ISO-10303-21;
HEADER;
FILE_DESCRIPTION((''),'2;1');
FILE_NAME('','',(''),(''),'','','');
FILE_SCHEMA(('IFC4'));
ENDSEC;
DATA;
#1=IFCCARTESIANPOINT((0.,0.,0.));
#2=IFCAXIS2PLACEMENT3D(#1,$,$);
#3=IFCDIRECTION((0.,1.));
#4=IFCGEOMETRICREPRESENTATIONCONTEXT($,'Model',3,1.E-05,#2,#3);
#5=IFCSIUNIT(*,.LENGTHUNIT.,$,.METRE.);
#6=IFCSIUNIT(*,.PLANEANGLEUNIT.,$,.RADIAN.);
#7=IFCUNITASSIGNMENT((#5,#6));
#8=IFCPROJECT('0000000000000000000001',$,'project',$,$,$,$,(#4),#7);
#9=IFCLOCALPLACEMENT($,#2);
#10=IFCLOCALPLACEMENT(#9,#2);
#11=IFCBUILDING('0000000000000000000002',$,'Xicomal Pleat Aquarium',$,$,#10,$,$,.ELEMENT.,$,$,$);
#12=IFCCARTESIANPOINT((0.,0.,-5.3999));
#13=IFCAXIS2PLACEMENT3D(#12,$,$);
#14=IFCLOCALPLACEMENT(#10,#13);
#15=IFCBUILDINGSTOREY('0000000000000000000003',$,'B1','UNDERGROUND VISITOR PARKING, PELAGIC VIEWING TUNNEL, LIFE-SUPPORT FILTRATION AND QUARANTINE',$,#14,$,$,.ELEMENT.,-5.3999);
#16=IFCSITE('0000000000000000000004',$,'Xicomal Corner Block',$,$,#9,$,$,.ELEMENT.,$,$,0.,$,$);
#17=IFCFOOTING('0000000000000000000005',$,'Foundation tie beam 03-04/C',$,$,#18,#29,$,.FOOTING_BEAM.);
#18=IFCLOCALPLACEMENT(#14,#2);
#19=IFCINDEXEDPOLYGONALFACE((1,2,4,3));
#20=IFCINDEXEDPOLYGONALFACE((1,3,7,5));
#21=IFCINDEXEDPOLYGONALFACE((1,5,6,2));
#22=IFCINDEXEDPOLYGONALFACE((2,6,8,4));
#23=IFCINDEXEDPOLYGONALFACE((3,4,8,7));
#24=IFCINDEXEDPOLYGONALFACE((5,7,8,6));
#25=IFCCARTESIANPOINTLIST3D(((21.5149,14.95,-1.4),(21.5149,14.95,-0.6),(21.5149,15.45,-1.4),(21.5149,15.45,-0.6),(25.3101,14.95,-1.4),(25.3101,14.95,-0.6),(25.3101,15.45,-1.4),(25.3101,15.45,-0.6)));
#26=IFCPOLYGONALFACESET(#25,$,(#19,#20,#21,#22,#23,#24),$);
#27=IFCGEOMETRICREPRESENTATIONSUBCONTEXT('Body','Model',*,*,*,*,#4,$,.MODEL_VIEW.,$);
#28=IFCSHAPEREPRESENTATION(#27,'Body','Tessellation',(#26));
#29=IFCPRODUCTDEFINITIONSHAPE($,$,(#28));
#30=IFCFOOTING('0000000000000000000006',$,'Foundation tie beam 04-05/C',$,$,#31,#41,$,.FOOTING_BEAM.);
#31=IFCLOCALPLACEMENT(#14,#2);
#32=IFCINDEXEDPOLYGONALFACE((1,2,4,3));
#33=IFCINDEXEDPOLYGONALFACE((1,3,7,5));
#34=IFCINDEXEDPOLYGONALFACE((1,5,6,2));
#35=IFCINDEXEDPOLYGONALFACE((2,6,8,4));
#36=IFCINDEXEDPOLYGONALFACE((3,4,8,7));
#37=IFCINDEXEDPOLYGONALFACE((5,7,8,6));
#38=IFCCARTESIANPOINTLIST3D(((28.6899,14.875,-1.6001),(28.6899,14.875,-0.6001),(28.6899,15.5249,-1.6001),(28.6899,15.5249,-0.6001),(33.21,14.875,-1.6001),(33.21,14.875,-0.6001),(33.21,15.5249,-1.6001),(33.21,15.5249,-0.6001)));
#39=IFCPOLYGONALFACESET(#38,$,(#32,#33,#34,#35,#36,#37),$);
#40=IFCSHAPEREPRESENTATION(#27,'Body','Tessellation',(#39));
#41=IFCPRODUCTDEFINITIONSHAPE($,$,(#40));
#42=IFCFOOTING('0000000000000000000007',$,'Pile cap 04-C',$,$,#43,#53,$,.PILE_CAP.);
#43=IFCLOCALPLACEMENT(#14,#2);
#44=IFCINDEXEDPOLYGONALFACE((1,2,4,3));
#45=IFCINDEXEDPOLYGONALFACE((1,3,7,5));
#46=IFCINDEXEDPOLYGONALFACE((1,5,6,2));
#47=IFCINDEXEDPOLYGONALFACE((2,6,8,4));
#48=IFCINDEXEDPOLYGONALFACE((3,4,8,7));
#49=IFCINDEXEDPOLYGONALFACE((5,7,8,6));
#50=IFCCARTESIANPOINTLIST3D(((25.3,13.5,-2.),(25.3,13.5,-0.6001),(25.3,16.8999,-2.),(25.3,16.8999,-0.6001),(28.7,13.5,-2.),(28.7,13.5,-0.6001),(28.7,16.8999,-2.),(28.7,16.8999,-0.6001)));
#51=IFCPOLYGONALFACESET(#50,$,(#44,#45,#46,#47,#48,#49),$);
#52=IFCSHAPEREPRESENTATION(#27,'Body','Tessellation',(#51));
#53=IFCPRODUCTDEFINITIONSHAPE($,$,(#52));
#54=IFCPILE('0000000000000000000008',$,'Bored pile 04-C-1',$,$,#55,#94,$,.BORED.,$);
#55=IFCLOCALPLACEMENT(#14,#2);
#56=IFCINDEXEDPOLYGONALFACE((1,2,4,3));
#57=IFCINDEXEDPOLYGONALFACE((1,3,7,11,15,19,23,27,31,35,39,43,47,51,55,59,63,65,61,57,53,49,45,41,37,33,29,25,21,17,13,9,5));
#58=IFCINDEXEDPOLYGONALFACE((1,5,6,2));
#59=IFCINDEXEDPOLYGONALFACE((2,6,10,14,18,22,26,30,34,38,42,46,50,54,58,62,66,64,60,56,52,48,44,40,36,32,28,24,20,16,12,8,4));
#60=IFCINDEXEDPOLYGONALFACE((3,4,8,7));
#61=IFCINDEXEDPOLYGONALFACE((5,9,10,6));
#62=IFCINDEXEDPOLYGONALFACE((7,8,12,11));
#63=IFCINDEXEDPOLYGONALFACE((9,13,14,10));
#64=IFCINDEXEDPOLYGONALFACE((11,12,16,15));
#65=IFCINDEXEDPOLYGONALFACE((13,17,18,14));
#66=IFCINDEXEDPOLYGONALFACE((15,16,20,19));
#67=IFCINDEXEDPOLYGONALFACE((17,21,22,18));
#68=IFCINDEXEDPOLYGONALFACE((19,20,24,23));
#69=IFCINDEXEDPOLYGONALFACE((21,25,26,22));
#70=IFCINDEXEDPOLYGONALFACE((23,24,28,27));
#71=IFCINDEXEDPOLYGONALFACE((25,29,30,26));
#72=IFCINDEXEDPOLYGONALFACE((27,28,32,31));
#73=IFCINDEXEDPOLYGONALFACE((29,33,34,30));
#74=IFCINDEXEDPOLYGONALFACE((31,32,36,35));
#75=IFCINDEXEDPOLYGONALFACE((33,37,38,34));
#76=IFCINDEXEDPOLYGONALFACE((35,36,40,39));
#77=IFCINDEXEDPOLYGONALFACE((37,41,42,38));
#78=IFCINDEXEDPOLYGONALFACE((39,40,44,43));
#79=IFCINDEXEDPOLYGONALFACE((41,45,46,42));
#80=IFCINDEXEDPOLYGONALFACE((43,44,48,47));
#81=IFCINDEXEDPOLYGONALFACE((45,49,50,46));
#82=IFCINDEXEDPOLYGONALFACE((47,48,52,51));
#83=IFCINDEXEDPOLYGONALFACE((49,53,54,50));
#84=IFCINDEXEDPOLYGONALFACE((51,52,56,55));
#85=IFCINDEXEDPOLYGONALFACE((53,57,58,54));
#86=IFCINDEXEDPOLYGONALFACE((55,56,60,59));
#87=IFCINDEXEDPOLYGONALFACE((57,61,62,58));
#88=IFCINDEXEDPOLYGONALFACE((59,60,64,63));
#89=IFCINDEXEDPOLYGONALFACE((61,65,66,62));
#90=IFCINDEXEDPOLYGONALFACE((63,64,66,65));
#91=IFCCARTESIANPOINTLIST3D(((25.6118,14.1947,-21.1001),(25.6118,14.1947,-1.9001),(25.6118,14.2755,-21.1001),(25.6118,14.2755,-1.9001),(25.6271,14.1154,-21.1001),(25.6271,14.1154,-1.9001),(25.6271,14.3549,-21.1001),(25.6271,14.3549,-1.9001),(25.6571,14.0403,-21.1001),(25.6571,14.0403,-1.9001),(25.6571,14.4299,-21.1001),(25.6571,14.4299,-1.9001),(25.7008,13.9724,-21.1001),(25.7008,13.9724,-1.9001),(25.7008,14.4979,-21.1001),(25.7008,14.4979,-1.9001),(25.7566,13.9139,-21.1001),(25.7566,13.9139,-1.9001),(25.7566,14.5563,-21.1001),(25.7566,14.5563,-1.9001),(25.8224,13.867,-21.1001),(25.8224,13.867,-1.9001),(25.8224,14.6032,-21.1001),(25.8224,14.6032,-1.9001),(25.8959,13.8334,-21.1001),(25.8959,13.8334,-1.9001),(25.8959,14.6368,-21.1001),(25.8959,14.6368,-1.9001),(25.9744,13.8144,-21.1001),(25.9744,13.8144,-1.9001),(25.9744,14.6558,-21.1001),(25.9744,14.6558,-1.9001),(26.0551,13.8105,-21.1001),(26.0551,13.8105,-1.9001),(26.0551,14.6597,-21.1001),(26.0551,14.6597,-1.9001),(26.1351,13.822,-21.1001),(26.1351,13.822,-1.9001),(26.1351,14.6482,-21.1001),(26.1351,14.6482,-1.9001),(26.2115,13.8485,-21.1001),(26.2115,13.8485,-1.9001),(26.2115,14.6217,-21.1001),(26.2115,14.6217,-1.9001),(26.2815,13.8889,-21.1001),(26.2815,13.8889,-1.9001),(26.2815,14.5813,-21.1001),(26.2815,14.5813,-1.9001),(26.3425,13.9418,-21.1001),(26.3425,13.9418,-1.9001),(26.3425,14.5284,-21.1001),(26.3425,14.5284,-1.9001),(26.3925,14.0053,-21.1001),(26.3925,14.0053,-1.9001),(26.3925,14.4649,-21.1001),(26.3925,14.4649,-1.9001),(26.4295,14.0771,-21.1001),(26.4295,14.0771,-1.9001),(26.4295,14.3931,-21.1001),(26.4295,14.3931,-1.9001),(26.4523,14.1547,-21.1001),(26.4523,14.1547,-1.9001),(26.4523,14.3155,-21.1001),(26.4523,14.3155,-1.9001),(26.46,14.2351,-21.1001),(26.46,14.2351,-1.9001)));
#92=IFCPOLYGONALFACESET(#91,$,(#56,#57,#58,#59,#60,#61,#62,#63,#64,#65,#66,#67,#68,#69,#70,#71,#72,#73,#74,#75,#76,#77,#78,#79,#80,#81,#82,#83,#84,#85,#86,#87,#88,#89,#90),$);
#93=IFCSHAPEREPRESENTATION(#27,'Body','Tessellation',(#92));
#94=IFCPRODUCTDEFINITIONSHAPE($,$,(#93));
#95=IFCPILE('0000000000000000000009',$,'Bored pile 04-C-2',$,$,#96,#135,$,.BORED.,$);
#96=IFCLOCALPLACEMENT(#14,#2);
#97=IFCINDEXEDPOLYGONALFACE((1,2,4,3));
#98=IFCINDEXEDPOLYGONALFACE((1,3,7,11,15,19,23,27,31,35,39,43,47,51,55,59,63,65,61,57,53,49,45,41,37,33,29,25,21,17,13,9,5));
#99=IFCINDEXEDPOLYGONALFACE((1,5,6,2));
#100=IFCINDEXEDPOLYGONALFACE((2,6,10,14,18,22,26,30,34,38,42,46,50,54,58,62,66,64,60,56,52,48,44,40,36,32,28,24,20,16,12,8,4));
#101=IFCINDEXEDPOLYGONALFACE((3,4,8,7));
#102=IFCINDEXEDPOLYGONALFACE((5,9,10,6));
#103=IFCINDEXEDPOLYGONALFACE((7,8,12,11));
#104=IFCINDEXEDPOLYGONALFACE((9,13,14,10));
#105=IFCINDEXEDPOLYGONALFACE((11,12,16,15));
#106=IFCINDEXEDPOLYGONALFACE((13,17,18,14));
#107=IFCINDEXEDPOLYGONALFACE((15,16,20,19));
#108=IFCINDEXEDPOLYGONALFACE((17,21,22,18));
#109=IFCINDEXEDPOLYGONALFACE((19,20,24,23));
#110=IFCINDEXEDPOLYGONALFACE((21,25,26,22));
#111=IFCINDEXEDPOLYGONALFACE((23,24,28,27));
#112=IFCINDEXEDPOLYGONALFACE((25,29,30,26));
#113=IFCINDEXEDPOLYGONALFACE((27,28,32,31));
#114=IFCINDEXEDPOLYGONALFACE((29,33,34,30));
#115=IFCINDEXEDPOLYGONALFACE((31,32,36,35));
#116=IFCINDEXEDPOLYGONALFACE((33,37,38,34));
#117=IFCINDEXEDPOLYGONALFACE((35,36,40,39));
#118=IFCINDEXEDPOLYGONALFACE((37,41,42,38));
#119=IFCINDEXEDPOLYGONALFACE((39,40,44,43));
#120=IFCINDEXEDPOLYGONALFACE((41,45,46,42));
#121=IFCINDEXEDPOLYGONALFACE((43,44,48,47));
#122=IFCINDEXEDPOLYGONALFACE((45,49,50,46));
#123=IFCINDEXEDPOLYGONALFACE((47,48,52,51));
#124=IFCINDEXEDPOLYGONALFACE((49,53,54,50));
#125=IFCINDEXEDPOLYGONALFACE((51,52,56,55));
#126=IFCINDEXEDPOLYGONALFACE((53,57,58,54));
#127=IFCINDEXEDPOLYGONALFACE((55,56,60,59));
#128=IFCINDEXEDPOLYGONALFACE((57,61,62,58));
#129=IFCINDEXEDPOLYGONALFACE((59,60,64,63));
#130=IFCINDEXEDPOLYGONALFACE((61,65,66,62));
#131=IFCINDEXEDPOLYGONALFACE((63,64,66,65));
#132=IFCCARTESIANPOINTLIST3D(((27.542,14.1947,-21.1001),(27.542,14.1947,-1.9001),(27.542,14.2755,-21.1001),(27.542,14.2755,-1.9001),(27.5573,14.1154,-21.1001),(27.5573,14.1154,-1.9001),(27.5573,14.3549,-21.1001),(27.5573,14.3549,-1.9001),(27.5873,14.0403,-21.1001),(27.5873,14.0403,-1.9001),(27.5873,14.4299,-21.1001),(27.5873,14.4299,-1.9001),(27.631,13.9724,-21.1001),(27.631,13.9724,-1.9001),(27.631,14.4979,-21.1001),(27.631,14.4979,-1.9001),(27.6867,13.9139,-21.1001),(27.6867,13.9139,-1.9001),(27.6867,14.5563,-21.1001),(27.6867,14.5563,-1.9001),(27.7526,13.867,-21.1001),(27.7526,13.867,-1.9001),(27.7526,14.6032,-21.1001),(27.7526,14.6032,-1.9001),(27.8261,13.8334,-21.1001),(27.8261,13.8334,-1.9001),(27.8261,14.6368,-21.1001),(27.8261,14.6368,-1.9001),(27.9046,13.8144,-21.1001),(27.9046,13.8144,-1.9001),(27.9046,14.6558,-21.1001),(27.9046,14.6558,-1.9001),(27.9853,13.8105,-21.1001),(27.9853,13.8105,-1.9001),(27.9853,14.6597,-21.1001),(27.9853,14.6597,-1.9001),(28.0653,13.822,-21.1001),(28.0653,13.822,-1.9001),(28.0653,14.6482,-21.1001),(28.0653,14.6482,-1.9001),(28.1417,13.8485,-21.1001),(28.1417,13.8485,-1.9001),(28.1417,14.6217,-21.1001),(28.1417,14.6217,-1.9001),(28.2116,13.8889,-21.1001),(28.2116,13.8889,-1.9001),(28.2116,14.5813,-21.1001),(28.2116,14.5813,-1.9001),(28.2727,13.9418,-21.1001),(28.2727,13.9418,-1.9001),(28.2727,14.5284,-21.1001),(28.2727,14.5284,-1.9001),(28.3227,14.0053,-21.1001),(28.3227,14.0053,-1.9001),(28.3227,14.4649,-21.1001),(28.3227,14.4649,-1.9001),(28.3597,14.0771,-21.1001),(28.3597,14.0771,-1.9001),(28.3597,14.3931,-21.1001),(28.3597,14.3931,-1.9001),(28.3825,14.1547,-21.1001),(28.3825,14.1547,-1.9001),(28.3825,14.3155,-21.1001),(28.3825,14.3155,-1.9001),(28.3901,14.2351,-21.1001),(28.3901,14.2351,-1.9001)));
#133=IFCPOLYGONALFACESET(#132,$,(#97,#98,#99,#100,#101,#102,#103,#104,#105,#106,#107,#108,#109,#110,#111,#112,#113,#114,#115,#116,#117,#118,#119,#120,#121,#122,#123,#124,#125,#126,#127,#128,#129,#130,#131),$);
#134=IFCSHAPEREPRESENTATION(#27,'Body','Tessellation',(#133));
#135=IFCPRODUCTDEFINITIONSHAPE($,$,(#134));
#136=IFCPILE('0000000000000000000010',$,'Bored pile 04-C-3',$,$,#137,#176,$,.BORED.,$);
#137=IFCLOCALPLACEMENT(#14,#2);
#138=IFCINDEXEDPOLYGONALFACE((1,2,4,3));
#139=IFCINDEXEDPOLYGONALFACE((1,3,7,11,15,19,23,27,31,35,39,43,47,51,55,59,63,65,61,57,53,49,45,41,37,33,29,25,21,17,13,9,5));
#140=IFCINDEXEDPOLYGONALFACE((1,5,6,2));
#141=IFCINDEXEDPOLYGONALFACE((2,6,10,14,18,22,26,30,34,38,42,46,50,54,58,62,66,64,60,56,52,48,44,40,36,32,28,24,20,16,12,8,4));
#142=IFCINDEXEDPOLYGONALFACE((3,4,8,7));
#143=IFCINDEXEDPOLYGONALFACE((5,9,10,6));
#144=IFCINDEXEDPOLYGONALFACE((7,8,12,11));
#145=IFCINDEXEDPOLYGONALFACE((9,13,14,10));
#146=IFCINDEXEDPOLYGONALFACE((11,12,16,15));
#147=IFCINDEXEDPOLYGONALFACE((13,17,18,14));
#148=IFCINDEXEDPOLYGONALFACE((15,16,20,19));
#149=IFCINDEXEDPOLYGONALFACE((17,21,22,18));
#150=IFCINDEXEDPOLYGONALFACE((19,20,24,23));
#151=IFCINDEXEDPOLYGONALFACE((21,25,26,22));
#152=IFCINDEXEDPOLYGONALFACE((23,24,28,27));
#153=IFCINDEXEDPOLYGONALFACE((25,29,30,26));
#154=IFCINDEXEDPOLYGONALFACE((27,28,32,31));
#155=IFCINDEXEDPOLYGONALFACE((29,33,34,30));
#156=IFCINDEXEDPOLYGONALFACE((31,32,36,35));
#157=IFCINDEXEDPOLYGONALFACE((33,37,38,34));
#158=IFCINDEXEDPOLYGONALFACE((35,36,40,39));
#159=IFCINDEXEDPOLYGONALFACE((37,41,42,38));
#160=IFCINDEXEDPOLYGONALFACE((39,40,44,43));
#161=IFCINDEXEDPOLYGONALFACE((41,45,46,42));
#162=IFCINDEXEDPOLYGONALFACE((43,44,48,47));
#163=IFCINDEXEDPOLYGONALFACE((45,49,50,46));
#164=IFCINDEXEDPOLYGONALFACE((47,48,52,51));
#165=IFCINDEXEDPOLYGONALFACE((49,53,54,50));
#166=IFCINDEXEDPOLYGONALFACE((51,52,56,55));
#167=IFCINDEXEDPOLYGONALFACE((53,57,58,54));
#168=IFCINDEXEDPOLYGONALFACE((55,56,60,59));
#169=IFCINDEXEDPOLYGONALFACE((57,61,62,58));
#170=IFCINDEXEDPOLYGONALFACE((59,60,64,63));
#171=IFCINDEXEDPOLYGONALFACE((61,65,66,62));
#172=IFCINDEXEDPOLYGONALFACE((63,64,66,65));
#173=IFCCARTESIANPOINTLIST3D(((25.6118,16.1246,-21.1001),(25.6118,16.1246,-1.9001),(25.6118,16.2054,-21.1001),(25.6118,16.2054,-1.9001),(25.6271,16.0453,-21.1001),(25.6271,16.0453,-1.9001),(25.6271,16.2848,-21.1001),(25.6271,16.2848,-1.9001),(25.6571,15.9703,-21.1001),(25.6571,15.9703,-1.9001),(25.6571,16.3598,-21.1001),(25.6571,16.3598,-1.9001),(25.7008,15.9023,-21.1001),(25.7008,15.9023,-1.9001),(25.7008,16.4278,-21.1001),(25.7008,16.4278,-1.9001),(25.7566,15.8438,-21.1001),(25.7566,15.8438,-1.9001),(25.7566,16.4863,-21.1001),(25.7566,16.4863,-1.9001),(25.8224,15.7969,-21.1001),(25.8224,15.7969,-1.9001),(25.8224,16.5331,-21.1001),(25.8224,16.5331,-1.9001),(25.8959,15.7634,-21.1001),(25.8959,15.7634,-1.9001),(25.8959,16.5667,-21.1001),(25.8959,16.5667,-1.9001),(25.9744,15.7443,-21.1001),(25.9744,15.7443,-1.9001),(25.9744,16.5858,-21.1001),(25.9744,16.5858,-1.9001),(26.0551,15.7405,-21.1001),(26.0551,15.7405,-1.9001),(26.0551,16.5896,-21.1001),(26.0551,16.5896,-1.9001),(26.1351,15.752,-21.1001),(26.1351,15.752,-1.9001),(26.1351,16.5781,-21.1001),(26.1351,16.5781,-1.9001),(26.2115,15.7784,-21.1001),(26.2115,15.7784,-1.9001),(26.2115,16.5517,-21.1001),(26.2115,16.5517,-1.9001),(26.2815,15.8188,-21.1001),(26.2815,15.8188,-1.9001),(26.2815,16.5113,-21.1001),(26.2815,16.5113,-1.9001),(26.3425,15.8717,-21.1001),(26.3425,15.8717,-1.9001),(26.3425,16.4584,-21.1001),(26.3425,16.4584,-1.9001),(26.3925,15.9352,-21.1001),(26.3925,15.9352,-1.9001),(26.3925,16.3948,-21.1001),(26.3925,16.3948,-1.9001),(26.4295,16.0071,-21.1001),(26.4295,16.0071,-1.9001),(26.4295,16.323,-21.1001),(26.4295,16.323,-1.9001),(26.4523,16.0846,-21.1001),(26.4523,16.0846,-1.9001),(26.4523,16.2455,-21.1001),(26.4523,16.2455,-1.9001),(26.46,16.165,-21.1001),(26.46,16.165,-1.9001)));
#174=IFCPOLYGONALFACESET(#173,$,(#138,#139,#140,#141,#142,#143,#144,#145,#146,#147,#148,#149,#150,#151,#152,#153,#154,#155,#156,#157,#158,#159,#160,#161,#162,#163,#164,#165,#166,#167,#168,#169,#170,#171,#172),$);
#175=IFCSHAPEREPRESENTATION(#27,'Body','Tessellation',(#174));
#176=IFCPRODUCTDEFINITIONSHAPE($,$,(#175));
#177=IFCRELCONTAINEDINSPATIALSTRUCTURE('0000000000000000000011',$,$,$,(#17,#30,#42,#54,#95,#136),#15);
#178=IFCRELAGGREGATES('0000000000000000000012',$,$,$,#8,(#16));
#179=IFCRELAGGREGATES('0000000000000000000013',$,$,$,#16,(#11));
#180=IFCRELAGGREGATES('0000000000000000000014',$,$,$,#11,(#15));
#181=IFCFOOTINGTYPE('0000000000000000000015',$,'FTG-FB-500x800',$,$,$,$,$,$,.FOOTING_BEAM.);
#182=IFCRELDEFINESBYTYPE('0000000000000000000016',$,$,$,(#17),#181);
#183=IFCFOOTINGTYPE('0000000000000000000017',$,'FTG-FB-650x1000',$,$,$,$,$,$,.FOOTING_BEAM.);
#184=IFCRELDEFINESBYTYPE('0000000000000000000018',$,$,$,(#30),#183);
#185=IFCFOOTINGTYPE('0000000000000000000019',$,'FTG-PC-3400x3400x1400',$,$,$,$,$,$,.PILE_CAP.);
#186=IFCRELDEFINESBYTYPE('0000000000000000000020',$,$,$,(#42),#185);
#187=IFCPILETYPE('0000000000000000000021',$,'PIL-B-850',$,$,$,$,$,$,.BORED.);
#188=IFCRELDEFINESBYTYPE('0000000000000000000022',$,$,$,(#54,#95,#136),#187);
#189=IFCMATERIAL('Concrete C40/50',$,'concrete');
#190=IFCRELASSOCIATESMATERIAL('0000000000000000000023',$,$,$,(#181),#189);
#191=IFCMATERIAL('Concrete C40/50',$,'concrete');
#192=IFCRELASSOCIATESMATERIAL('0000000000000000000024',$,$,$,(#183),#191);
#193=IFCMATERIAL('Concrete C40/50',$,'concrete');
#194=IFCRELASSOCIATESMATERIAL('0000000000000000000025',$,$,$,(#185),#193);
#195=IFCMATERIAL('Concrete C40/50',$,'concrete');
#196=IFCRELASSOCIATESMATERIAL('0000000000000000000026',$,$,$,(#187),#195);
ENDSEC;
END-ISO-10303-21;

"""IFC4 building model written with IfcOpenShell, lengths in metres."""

from ifc_helpers import new_model, si_unit, direction, frame, origin, origin_2d, place, context, subcontext, project, spatial, rectangle, circle, extrude, material, material_profile, profile_set, type_object, element, save


model = new_model("IFC4")

# Units and contexts
model_context = context("Model", 3, precision=1e-05, world=origin(), true_north=direction((0.0, 1.0)))
body_context = subcontext(model_context, "Body", "Model", "MODEL_VIEW")
ifc_project = project(units=[si_unit("LENGTHUNIT", "METRE"), si_unit("PLANEANGLEUNIT", "RADIAN")], contexts=[model_context])

# Site, building, storey
site_placement = place(None, origin())
site = spatial("IfcSite", under=ifc_project, at=site_placement, Name="Xicomal Corner Block", CompositionType="ELEMENT", RefElevation=0.0)
building_placement = place(site_placement, origin())
building = spatial("IfcBuilding", under=site, at=building_placement, Name="Xicomal Pleat Aquarium", CompositionType="ELEMENT")
storey_placement = place(building_placement, frame((0.0, 0.0, -5.3999)))
storey = spatial("IfcBuildingStorey", under=building, at=storey_placement, Name="B1", Description="UNDERGROUND VISITOR PARKING, PELAGIC VIEWING TUNNEL, LIFE-SUPPORT FILTRATION AND QUARANTINE", CompositionType="ELEMENT", Elevation=-5.3999)

# Footings
ifc_material_1 = material(Name="Concrete C40/50", Category="concrete")
ifc_material_profile_1 = material_profile(ifc_material_1, rectangle(XDim=0.5, YDim=0.8, at=origin_2d()), Name="FB-01 500x800")
ifc_profile_set_1 = profile_set([ifc_material_profile_1], Name="Concrete C40/50")
footing_type_1 = type_object("IfcFootingType", Name="FTG-FB-500x800", PredefinedType="FOOTING_BEAM", material=ifc_profile_set_1)
footing_1_placement = place(storey_placement, frame((21.5149, 15.2, -1.0), z_axis=(1.0, 0.0, 0.0), x_axis=(0.0, 1.0, 0.0)))
element("IfcFooting", 1, at=footing_1_placement, inside=storey, type_object=footing_type_1, Name="Foundation tie beam 03-04/C", PredefinedType="FOOTING_BEAM", context=body_context, shape_type="SweptSolid", body=[
    extrude(rectangle(XDim=0.5, YDim=0.8, at=origin_2d()), origin(), (0.0, 0.0, 1.0), 3.7952),
])
ifc_material_2 = material(Name="Concrete C40/50", Category="concrete")
ifc_material_profile_2 = material_profile(ifc_material_2, rectangle(XDim=0.6499, YDim=1.0, at=origin_2d()), Name="FB-03 650x1000")
ifc_profile_set_2 = profile_set([ifc_material_profile_2], Name="Concrete C40/50")
footing_type_2 = type_object("IfcFootingType", Name="FTG-FB-650x1000", PredefinedType="FOOTING_BEAM", material=ifc_profile_set_2)
footing_2_placement = place(storey_placement, frame((28.6899, 15.2, -1.1001), z_axis=(1.0, 0.0, 0.0), x_axis=(0.0, 1.0, 0.0)))
element("IfcFooting", 2, at=footing_2_placement, inside=storey, type_object=footing_type_2, Name="Foundation tie beam 04-05/C", PredefinedType="FOOTING_BEAM", context=body_context, shape_type="SweptSolid", body=[
    extrude(rectangle(XDim=0.6499, YDim=1.0, at=origin_2d()), origin(), (0.0, 0.0, 1.0), 4.52),
])
ifc_material_3 = material(Name="Concrete C40/50", Category="concrete")
footing_type_3 = type_object("IfcFootingType", Name="FTG-PC-3400x3400x1400", PredefinedType="PILE_CAP", material=ifc_material_3)
footing_3_placement = place(storey_placement, frame((27.0, 15.2, -2.0), z_axis=(0.0, 0.0, 1.0), x_axis=(1.0, 0.0, 0.0)))
element("IfcFooting", 3, at=footing_3_placement, inside=storey, type_object=footing_type_3, Name="Pile cap 04-C", PredefinedType="PILE_CAP", context=body_context, shape_type="SweptSolid", body=[
    extrude(rectangle(XDim=3.3999, YDim=3.3999, at=origin_2d()), origin(), (0.0, 0.0, 1.0), 1.3999),
])

# Piles
ifc_material_4 = material(Name="Concrete C40/50", Category="concrete")
ifc_material_profile_3 = material_profile(ifc_material_4, circle(Radius=0.425, at=origin_2d()), Name="BORED PILE D850")
ifc_profile_set_3 = profile_set([ifc_material_profile_3], Name="Concrete C40/50")
pile_type_1 = type_object("IfcPileType", Name="PIL-B-850", PredefinedType="BORED", material=ifc_profile_set_3)
for number, where, z_axis, x_axis, name in (
    (4, (26.0349, 14.2351, -1.9001), (0.0, 0.0, -1.0), (1.0, 0.0, 0.0), "Bored pile 04-C-1"),
    (5, (27.9651, 14.2351, -1.9001), (0.0, 0.0, -1.0), (1.0, 0.0, 0.0), "Bored pile 04-C-2"),
    (6, (26.0349, 16.165, -1.9001), (0.0, 0.0, -1.0), (1.0, 0.0, 0.0), "Bored pile 04-C-3"),
):
    element("IfcPile", number, at=place(storey_placement, frame(where, z_axis=z_axis, x_axis=x_axis)), inside=storey, type_object=pile_type_1, Name=name, PredefinedType="BORED", context=body_context, shape_type="SweptSolid", body=[
        extrude(circle(Radius=0.425, at=origin_2d()), origin(), (0.0, 0.0, 1.0), 19.2),
    ])

save(model, "model.ifc")
